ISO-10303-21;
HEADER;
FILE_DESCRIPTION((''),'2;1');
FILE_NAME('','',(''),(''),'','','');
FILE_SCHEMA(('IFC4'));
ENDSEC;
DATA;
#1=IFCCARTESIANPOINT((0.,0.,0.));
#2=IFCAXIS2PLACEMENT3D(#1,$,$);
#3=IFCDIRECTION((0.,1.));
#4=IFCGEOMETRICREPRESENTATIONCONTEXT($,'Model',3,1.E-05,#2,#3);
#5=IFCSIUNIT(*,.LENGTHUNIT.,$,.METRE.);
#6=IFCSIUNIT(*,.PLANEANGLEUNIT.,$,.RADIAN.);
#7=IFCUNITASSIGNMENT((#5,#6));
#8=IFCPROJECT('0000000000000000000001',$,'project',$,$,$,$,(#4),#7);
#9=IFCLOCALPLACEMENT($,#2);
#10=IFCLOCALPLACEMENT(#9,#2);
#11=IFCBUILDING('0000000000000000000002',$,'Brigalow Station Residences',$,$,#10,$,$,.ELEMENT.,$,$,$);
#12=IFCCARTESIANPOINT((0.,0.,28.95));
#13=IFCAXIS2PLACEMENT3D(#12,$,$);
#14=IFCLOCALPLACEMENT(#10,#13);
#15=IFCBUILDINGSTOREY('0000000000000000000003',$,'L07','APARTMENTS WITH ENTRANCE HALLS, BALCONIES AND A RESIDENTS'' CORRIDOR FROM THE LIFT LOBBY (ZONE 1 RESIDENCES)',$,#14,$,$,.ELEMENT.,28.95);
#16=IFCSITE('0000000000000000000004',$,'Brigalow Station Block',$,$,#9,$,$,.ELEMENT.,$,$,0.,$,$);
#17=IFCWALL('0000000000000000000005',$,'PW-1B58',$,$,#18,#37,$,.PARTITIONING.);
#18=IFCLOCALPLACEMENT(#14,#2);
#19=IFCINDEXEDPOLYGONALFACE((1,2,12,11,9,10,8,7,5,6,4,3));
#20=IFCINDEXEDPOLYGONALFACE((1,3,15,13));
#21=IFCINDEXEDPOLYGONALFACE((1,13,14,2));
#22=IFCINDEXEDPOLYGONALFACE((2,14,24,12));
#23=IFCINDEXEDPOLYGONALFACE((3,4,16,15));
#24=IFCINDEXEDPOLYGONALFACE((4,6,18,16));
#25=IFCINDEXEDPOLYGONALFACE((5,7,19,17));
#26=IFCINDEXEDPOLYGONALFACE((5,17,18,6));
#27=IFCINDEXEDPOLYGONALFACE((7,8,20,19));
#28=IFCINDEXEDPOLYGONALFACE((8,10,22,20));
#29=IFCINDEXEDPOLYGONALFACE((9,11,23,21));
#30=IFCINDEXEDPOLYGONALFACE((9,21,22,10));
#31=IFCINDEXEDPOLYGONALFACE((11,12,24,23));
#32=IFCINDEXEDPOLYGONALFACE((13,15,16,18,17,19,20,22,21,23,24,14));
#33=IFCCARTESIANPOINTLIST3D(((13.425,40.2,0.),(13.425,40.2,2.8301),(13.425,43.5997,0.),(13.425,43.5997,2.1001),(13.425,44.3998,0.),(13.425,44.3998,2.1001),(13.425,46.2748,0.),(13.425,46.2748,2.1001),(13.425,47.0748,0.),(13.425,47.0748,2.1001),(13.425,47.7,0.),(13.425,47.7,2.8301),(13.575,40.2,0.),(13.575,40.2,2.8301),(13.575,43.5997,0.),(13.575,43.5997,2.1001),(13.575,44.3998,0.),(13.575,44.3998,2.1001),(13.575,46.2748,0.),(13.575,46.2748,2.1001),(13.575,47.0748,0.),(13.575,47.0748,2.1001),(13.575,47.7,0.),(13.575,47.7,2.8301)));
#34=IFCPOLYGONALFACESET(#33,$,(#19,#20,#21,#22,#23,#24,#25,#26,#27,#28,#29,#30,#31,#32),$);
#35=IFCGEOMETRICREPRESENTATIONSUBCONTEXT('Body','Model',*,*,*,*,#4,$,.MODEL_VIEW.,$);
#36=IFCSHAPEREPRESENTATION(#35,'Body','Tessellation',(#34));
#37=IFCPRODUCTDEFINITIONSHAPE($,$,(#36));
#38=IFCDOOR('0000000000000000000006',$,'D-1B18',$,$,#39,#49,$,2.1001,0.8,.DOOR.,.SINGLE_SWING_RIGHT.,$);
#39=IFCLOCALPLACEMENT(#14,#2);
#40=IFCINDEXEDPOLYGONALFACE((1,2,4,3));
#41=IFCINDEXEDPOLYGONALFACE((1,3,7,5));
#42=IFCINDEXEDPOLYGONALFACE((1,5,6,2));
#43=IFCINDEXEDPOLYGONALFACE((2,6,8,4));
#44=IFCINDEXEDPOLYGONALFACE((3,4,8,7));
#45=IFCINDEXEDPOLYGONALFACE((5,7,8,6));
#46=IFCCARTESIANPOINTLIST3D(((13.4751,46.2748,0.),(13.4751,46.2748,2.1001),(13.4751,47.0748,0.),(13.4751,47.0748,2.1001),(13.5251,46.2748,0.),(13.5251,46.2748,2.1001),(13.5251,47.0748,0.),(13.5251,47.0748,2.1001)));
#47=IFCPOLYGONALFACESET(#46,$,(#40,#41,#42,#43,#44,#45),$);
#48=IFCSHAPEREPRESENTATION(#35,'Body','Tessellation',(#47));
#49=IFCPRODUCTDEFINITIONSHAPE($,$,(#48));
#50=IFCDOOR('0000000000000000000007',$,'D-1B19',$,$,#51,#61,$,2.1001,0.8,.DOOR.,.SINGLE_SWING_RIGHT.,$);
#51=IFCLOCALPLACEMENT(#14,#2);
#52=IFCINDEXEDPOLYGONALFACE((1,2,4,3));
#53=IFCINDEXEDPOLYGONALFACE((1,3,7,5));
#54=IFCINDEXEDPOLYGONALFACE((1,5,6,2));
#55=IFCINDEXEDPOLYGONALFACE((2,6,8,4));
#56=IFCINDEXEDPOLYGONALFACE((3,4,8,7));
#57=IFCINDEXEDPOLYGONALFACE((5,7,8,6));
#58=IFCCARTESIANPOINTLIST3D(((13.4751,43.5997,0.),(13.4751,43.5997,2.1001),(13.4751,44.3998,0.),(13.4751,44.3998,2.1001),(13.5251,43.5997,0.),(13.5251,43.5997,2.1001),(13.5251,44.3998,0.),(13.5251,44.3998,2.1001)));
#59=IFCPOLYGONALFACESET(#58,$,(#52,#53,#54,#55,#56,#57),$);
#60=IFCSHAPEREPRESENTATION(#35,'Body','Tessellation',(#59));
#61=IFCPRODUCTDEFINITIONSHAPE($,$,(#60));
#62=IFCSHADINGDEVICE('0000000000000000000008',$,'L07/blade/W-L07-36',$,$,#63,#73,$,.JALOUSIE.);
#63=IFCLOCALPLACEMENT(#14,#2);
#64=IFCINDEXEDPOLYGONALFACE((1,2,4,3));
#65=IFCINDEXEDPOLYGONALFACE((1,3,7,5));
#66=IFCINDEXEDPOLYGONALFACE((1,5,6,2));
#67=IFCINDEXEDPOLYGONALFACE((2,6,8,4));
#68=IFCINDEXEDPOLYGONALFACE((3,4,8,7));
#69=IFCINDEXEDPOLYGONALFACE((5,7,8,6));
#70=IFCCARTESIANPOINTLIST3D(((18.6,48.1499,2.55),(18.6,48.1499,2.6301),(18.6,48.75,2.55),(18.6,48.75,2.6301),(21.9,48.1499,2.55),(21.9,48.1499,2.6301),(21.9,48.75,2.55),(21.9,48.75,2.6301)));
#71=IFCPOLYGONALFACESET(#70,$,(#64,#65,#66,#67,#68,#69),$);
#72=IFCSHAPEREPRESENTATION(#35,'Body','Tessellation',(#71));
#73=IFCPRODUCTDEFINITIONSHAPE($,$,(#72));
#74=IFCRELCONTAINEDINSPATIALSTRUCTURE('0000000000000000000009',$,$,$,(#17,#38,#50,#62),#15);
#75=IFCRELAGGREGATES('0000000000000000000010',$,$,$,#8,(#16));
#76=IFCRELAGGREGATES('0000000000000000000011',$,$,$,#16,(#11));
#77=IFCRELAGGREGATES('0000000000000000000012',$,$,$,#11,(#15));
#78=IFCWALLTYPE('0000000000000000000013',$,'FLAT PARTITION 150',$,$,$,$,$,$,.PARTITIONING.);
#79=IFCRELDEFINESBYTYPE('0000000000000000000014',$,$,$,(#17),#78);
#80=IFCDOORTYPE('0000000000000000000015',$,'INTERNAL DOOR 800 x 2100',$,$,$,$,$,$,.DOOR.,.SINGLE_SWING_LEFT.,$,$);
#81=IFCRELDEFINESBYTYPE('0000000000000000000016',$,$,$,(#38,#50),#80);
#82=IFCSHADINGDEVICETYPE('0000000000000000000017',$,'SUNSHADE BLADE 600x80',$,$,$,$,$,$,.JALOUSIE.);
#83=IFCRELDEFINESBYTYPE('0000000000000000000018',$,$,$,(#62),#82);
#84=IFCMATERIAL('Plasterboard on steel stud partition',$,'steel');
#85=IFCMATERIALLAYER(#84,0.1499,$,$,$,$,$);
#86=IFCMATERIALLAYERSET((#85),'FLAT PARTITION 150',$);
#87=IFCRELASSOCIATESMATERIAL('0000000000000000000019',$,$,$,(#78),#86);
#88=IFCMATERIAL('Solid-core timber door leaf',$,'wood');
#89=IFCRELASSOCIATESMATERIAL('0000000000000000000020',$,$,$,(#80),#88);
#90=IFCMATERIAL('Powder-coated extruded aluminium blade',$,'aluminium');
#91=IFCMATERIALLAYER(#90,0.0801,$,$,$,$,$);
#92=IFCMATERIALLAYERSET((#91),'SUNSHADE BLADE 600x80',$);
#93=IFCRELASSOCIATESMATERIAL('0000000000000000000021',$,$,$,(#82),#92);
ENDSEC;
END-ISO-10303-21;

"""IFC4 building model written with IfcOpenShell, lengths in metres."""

from ifc_helpers import new_model, si_unit, direction, frame, frame_2d, origin, origin_2d, place, context, subcontext, project, spatial, rectangle, extrude, material, layer, layer_set, type_object, element, fill, save


model = new_model("IFC4")

# Units and contexts
model_context = context("Model", 3, precision=1e-05, world=origin(), true_north=direction((0.0, 1.0)))
body_context = subcontext(model_context, "Body", "Model", "MODEL_VIEW")
ifc_project = project(units=[si_unit("LENGTHUNIT", "METRE"), si_unit("PLANEANGLEUNIT", "RADIAN")], contexts=[model_context])

# Site, building, storey
site_placement = place(None, origin())
site = spatial("IfcSite", under=ifc_project, at=site_placement, Name="Brigalow Station Block", CompositionType="ELEMENT", RefElevation=0.0)
building_placement = place(site_placement, origin())
building = spatial("IfcBuilding", under=site, at=building_placement, Name="Brigalow Station Residences", CompositionType="ELEMENT")
storey_placement = place(building_placement, frame((0.0, 0.0, 28.95)))
storey = spatial("IfcBuildingStorey", under=building, at=storey_placement, Name="L07", Description="APARTMENTS WITH ENTRANCE HALLS, BALCONIES AND A RESIDENTS' CORRIDOR FROM THE LIFT LOBBY (ZONE 1 RESIDENCES)", CompositionType="ELEMENT", Elevation=28.95)

# Shared definitions
ifc_material_1 = material(Name="Plasterboard on steel stud partition", Category="steel")
ifc_layer_1 = layer(ifc_material_1, 0.1499)
ifc_layer_set_1 = layer_set([ifc_layer_1], Name="FLAT PARTITION 150")
wall_type_1 = type_object("IfcWallType", Name="FLAT PARTITION 150", PredefinedType="PARTITIONING", material=ifc_layer_set_1)

# Wall, openings, doors
wall_1_placement = place(storey_placement, frame((13.5, 40.2, 0.0), z_axis=(0.0, 0.0, 1.0), x_axis=(0.0, 1.0, 0.0)))
wall_1 = element("IfcWall", 1, at=wall_1_placement, inside=storey, type_object=wall_type_1, Name="PW-1B58", PredefinedType="PARTITIONING", context=body_context, shape_type="SweptSolid", body=[
    extrude(rectangle(XDim=7.5, YDim=0.1499, at=frame_2d((3.75, 0.0))), origin(), (0.0, 0.0, 1.0), 2.8301),
])
opening_1_placement = place(wall_1_placement, frame((6.075, 0.0, 0.0)))
opening_1 = element("IfcOpeningElement", 2, at=opening_1_placement, cuts=wall_1, PredefinedType="OPENING", context=body_context, shape_type="SweptSolid", body=[
    extrude(rectangle(XDim=0.8, YDim=2.1001, at=frame_2d((0.3999, 1.05))), frame((0.0, 0.085, 0.0), z_axis=(0.0, -1.0, 0.0), x_axis=(1.0, 0.0, 0.0)), (0.0, 0.0, 1.0), 0.1699),
])
opening_2_placement = place(wall_1_placement, frame((3.3999, 0.0, 0.0)))
opening_2 = element("IfcOpeningElement", 3, at=opening_2_placement, cuts=wall_1, PredefinedType="OPENING", context=body_context, shape_type="SweptSolid", body=[
    extrude(rectangle(XDim=0.8, YDim=2.1001, at=frame_2d((0.3999, 1.05))), frame((0.0, 0.085, 0.0), z_axis=(0.0, -1.0, 0.0), x_axis=(1.0, 0.0, 0.0)), (0.0, 0.0, 1.0), 0.1699),
])
ifc_material_2 = material(Name="Solid-core timber door leaf", Category="wood")
door_type_1 = type_object("IfcDoorType", Name="INTERNAL DOOR 800 x 2100", OperationType="SINGLE_SWING_LEFT", PredefinedType="DOOR", material=ifc_material_2)
door_1_placement = place(opening_1_placement, origin())
door_1 = element("IfcDoor", 4, at=door_1_placement, inside=storey, type_object=door_type_1, Name="D-1B18", OperationType="SINGLE_SWING_RIGHT", OverallHeight=2.1001, OverallWidth=0.8, PredefinedType="DOOR", context=body_context, shape_type="SweptSolid", body=[
    extrude(rectangle(XDim=0.8, YDim=2.1001, at=frame_2d((0.3999, 1.05))), frame((0.0, 0.0249, 0.0), z_axis=(0.0, -1.0, 0.0), x_axis=(1.0, 0.0, 0.0)), (0.0, 0.0, 1.0), 0.05),
])
fill(opening_1, door_1)
door_2_placement = place(opening_2_placement, origin())
door_2 = element("IfcDoor", 5, at=door_2_placement, inside=storey, type_object=door_type_1, Name="D-1B19", OperationType="SINGLE_SWING_RIGHT", OverallHeight=2.1001, OverallWidth=0.8, PredefinedType="DOOR", context=body_context, shape_type="SweptSolid", body=[
    extrude(rectangle(XDim=0.8, YDim=2.1001, at=frame_2d((0.3999, 1.05))), frame((0.0, 0.0249, 0.0), z_axis=(0.0, -1.0, 0.0), x_axis=(1.0, 0.0, 0.0)), (0.0, 0.0, 1.0), 0.05),
])
fill(opening_2, door_2)

# Shading device
ifc_material_3 = material(Name="Powder-coated extruded aluminium blade", Category="aluminium")
ifc_layer_2 = layer(ifc_material_3, 0.0801)
ifc_layer_set_2 = layer_set([ifc_layer_2], Name="SUNSHADE BLADE 600x80")
shading_device_type = type_object("IfcShadingDeviceType", Name="SUNSHADE BLADE 600x80", PredefinedType="JALOUSIE", material=ifc_layer_set_2)
shading_device_placement = place(storey_placement, frame((20.25, 48.45, 2.55), z_axis=(0.0, 0.0, 1.0), x_axis=(-1.0, 0.0, 0.0)))
element("IfcShadingDevice", 6, at=shading_device_placement, inside=storey, type_object=shading_device_type, Name="L07/blade/W-L07-36", PredefinedType="JALOUSIE", context=body_context, shape_type="SweptSolid", body=[
    extrude(rectangle(XDim=3.3, YDim=0.6001, at=origin_2d()), origin(), (0.0, 0.0, 1.0), 0.0801),
])

save(model, "model.ifc")
